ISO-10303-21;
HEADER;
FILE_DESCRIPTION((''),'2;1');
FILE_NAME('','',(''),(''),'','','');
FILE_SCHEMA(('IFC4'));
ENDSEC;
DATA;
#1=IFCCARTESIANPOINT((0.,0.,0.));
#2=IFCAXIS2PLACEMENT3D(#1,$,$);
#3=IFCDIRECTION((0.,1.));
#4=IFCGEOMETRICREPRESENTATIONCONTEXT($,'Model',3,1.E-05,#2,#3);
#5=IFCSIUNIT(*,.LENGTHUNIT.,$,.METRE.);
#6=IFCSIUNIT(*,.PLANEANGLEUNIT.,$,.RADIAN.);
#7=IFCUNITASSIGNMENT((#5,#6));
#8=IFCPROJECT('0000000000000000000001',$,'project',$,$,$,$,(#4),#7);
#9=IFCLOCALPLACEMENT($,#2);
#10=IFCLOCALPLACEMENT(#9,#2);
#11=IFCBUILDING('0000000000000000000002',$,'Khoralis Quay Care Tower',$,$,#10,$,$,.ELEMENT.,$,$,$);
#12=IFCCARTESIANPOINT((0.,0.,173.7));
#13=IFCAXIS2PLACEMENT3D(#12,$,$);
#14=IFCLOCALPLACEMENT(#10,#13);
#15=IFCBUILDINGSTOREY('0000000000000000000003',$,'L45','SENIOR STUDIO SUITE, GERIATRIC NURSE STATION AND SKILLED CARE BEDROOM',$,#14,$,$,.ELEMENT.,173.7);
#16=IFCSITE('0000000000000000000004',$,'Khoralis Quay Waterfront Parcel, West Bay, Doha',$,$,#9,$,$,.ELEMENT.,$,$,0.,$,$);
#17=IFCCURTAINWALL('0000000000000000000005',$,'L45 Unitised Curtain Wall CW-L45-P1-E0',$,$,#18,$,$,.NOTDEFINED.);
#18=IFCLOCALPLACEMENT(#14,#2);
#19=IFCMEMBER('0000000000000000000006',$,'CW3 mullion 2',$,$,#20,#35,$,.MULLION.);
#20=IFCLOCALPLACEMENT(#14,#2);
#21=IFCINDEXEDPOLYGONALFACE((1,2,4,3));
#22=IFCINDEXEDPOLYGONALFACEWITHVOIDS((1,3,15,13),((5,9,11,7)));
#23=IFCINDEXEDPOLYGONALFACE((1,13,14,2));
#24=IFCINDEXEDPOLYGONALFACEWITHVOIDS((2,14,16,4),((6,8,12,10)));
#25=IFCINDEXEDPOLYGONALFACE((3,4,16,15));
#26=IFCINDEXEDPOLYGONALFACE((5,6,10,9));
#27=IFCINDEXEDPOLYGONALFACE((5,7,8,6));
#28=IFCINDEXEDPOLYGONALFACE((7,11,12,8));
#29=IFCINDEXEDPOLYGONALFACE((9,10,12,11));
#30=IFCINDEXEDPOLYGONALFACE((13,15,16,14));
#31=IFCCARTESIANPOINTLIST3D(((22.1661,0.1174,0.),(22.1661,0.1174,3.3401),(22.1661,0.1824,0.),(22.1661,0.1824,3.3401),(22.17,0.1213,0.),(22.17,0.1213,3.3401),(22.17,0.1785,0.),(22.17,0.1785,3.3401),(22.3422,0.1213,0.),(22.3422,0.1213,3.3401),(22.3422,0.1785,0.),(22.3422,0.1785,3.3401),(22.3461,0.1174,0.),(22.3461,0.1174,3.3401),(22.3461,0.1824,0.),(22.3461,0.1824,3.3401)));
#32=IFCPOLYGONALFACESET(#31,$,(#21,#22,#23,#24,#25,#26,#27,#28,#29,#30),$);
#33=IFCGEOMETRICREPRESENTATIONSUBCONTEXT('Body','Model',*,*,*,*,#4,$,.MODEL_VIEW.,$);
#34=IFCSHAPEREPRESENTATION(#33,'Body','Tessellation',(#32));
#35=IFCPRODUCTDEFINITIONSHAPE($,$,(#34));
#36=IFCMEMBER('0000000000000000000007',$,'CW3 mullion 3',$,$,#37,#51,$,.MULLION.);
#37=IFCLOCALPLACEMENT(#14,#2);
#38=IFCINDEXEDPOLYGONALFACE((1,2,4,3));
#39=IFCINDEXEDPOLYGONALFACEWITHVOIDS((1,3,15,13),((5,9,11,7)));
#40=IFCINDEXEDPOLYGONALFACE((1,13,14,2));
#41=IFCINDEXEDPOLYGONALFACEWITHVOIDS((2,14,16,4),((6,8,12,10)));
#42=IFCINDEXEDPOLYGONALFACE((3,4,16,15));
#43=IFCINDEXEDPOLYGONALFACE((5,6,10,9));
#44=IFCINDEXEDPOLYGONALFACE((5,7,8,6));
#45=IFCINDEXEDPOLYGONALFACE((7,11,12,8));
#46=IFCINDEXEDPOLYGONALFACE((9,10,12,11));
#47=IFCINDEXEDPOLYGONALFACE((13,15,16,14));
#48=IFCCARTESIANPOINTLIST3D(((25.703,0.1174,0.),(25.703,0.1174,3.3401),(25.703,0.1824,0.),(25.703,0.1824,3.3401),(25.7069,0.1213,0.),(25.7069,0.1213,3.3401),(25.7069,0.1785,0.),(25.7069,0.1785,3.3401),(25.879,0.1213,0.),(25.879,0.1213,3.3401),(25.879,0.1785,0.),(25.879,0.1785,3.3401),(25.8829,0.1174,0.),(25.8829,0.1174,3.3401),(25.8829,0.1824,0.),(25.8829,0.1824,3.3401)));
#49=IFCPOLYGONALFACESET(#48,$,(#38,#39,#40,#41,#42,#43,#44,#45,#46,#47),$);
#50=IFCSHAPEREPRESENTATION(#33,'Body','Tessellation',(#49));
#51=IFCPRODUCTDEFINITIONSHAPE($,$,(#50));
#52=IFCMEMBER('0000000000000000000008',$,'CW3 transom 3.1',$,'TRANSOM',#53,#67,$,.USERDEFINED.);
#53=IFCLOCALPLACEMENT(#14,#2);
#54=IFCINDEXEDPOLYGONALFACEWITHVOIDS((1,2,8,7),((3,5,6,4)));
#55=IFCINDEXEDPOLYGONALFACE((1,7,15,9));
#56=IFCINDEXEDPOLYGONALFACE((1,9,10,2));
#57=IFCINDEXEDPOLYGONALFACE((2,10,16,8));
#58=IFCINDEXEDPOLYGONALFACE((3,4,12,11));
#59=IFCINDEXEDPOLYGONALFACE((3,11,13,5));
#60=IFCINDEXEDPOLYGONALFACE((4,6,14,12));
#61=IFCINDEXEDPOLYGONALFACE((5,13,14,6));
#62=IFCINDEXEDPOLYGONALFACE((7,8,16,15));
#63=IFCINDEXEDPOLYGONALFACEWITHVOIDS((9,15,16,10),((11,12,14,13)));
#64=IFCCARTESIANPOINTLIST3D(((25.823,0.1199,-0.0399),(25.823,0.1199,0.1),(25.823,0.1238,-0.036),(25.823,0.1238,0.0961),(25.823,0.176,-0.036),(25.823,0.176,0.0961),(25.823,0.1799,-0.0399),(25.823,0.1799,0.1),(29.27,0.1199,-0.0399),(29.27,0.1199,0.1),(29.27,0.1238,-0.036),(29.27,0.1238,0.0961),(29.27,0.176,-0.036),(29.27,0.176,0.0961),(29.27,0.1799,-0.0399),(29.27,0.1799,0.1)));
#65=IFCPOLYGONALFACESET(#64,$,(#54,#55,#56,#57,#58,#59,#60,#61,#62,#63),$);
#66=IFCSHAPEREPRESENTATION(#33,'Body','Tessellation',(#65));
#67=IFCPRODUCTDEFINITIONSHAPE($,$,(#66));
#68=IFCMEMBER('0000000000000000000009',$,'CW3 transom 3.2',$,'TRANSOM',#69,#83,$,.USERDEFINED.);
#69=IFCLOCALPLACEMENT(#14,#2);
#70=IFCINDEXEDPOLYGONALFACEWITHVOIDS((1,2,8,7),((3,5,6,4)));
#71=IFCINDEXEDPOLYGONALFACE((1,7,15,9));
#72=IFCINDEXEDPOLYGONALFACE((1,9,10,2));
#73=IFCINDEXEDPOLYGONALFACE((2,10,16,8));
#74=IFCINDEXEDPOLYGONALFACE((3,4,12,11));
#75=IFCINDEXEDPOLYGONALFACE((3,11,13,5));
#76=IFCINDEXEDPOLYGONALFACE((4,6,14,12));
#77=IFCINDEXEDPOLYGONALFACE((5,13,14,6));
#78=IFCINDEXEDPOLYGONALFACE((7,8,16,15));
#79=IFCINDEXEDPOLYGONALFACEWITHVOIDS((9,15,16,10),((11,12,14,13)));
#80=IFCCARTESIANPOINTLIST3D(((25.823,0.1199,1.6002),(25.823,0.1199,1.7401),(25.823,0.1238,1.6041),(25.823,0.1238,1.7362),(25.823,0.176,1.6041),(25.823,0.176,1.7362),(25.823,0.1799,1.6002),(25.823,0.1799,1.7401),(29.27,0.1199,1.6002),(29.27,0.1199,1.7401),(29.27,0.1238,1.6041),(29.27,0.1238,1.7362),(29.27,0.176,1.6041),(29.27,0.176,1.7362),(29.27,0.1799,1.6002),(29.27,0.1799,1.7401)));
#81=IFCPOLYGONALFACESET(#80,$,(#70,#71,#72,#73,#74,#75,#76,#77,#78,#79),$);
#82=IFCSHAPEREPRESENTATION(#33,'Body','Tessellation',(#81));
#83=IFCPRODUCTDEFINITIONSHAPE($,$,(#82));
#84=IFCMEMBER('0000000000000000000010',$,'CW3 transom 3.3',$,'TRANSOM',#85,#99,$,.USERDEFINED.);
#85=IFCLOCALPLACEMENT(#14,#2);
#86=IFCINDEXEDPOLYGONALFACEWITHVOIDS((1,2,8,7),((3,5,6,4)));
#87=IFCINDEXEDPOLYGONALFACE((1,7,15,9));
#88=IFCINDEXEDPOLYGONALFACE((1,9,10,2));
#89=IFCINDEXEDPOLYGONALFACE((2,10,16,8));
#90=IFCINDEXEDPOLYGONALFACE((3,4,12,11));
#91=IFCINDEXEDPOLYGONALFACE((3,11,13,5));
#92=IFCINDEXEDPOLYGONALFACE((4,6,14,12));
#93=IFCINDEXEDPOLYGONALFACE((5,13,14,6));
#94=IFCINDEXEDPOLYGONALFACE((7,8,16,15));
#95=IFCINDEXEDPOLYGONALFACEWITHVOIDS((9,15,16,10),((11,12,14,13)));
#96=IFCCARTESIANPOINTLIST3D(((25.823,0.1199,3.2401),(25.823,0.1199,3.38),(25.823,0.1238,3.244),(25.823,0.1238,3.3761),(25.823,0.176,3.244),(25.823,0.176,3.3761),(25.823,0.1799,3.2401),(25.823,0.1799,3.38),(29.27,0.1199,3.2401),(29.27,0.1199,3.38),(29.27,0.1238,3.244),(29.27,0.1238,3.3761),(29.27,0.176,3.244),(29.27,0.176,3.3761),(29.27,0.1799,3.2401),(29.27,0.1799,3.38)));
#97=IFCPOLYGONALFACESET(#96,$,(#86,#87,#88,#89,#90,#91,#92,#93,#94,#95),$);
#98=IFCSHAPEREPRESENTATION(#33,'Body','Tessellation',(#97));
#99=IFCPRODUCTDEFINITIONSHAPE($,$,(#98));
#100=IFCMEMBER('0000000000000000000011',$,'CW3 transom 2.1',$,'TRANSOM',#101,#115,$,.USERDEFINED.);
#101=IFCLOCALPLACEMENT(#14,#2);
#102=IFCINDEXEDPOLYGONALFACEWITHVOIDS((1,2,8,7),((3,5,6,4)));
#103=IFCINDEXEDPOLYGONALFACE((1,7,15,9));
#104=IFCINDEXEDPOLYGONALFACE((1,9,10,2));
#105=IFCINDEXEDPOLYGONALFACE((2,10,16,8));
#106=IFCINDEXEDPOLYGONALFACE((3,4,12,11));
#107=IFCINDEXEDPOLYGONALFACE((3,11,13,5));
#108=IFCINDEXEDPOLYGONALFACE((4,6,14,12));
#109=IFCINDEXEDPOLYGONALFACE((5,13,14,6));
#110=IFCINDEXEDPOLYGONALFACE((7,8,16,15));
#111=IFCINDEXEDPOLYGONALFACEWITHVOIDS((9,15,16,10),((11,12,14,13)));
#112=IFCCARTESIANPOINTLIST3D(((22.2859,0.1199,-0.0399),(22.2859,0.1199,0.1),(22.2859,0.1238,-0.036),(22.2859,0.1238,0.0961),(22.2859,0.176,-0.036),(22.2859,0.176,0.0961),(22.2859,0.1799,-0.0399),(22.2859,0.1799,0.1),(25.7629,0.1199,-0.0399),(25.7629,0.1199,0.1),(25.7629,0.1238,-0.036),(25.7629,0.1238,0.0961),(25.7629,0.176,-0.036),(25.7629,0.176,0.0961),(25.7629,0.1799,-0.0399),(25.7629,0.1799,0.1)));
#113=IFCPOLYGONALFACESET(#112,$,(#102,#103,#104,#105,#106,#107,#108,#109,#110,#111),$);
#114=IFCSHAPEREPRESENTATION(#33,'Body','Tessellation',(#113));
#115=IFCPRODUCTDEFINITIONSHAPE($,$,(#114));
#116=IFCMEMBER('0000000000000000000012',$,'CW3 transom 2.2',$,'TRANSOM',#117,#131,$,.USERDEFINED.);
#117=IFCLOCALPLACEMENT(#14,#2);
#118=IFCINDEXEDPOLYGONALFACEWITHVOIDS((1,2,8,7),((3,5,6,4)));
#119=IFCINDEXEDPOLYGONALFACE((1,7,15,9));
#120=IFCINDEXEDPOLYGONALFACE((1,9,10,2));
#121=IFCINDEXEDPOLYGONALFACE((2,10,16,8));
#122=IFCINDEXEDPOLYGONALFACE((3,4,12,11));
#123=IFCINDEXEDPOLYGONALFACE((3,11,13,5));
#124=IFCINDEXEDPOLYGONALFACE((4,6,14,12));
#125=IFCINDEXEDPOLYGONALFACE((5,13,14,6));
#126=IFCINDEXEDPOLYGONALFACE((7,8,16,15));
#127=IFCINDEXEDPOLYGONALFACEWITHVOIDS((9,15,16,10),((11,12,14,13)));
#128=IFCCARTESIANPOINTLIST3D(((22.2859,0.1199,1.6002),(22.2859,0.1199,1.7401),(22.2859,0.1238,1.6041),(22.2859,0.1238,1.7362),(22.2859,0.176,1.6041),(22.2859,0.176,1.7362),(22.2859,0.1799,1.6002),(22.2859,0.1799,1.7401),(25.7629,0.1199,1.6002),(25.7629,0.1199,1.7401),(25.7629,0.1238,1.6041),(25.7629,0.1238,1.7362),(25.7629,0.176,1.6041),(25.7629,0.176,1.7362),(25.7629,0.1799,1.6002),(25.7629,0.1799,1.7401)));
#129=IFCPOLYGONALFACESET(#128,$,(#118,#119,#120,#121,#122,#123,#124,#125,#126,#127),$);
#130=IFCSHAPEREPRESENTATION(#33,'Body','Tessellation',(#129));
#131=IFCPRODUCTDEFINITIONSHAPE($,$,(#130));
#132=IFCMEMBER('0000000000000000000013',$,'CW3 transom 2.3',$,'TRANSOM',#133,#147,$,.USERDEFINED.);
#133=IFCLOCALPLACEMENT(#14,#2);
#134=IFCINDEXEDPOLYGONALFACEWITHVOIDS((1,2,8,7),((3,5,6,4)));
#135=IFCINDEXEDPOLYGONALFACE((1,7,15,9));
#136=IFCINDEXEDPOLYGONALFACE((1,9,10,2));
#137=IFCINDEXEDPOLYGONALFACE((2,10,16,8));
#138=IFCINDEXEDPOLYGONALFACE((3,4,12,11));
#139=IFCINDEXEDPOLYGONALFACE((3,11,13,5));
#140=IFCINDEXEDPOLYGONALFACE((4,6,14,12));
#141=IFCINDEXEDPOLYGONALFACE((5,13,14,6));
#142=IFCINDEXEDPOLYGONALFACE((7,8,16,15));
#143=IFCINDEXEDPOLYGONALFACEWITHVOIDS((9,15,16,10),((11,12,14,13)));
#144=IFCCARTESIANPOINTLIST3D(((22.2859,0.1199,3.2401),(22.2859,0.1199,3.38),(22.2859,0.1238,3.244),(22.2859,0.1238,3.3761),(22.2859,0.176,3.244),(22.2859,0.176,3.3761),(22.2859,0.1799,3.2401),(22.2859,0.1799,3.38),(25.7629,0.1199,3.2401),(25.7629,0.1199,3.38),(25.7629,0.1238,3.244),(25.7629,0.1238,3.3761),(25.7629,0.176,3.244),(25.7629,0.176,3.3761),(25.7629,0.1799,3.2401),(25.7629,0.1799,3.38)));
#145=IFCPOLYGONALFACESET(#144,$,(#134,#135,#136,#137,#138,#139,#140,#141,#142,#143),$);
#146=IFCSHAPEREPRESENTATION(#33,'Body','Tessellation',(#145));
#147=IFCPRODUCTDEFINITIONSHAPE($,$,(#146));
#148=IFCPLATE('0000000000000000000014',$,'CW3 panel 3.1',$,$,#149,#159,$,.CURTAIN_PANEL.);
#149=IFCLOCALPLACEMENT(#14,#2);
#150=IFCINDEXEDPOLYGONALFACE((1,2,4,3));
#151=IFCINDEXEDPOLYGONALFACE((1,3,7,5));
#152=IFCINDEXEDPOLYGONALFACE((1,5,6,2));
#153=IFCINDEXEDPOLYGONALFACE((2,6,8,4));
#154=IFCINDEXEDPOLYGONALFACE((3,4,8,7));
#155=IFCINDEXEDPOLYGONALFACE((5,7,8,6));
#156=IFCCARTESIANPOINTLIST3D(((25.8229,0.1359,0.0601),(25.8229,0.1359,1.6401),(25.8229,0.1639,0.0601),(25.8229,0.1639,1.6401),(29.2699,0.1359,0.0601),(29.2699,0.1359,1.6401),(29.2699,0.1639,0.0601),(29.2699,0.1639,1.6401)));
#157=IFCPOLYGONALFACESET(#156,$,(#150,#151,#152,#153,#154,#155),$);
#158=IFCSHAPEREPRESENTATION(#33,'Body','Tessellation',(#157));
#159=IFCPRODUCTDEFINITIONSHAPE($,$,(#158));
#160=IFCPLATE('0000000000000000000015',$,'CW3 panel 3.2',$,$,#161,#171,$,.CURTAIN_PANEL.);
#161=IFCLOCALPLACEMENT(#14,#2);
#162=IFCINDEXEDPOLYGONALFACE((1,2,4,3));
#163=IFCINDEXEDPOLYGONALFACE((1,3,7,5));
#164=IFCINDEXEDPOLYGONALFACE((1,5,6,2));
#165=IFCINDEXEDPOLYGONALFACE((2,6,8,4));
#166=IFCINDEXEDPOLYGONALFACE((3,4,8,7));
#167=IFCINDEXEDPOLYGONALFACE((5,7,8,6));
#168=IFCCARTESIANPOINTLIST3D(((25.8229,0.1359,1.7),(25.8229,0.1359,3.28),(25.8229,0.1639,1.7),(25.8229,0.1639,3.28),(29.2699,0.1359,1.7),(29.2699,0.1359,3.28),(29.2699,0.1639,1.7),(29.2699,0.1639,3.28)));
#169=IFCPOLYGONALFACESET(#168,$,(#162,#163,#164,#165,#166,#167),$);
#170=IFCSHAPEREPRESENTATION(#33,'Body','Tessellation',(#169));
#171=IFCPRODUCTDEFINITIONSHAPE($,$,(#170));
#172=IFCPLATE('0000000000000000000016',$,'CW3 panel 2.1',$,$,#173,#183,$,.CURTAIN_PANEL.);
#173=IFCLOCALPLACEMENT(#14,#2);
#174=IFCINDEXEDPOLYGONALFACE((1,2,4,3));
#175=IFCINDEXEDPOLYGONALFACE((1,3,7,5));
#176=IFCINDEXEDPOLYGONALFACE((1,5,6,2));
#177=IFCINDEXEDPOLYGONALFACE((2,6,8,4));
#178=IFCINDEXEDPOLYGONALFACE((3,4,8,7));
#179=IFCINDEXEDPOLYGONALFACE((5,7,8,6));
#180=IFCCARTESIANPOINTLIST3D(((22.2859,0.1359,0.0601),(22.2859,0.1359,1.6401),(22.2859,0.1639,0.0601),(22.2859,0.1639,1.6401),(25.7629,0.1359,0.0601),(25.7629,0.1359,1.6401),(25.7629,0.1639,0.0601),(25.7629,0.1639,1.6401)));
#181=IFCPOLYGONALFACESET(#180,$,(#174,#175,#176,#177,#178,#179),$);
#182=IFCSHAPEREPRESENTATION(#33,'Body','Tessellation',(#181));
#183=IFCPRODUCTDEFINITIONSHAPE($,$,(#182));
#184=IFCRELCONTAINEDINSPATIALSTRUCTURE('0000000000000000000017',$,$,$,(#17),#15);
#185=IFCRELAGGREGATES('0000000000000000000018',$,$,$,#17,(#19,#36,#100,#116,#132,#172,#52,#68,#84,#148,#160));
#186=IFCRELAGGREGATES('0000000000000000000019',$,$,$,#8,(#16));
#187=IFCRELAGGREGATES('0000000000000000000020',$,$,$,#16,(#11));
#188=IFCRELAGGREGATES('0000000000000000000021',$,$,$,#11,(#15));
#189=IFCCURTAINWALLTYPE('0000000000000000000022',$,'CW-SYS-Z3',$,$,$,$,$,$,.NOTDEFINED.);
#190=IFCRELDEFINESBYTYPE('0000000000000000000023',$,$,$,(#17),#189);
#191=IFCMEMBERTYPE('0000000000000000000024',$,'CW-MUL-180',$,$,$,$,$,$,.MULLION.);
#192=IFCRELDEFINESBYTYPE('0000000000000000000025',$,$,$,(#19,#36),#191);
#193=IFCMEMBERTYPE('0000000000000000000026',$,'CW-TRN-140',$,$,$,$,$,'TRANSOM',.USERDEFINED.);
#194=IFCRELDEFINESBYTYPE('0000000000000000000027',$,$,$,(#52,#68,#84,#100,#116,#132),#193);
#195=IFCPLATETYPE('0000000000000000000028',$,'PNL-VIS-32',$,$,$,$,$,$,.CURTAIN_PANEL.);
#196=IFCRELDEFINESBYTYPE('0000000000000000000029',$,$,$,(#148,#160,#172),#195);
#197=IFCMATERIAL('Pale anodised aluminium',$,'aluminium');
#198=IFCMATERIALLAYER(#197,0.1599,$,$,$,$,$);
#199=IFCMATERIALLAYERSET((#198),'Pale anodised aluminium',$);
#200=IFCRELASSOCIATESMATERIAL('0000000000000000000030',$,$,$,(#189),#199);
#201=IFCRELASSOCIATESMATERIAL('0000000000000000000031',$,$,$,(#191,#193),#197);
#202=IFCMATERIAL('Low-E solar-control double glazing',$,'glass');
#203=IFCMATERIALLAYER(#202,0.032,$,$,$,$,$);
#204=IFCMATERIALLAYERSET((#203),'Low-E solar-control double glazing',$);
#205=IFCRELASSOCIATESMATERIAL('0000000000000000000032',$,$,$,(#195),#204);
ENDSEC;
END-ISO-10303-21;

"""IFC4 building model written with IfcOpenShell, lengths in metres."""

from ifc_helpers import new_model, si_unit, direction, frame, origin, origin_2d, place, context, subcontext, project, spatial, rectangle, hollow_rectangle, extrude, source, transform, mapped, material, layer, layer_set, material_profile, profile_set, type_object, element, aggregate, save


model = new_model("IFC4")

# Units and contexts
model_context = context("Model", 3, precision=1e-05, world=origin(), true_north=direction((0.0, 1.0)))
body_context = subcontext(model_context, "Body", "Model", "MODEL_VIEW")
ifc_project = project(units=[si_unit("LENGTHUNIT", "METRE"), si_unit("PLANEANGLEUNIT", "RADIAN")], contexts=[model_context])

# Site, building, storey
site_placement = place(None, origin())
site = spatial("IfcSite", under=ifc_project, at=site_placement, Name="Khoralis Quay Waterfront Parcel, West Bay, Doha", CompositionType="ELEMENT", RefElevation=0.0)
building_placement = place(site_placement, origin())
building = spatial("IfcBuilding", under=site, at=building_placement, Name="Khoralis Quay Care Tower", CompositionType="ELEMENT")
storey_placement = place(building_placement, frame((0.0, 0.0, 173.7)))
storey = spatial("IfcBuildingStorey", under=building, at=storey_placement, Name="L45", Description="SENIOR STUDIO SUITE, GERIATRIC NURSE STATION AND SKILLED CARE BEDROOM", CompositionType="ELEMENT", Elevation=173.7)

# Curtain wall, members, plates
ifc_material_1 = material(Name="Pale anodised aluminium", Category="aluminium")
ifc_layer_1 = layer(ifc_material_1, 0.1599)
ifc_layer_set_1 = layer_set([ifc_layer_1], Name="Pale anodised aluminium")
curtain_wall_type = type_object("IfcCurtainWallType", Name="CW-SYS-Z3", PredefinedType="NOTDEFINED", material=ifc_layer_set_1)
curtain_wall_placement = place(storey_placement, origin())
curtain_wall = element("IfcCurtainWall", 1, at=curtain_wall_placement, inside=storey, type_object=curtain_wall_type, Name="L45 Unitised Curtain Wall CW-L45-P1-E0", PredefinedType="NOTDEFINED")
ifc_material_profile_1 = material_profile(ifc_material_1, hollow_rectangle(XDim=0.0649, YDim=0.1799, WallThickness=0.0039, at=origin_2d()), Name="Pale anodised aluminium")
ifc_profile_set_1 = profile_set([ifc_material_profile_1], Name="Pale anodised aluminium")
member_type_1 = type_object("IfcMemberType", Name="CW-MUL-180", PredefinedType="MULLION", material=ifc_profile_set_1)
shared_shape_1 = source(origin(), body_context, "Body", "SweptSolid", [
    extrude(hollow_rectangle(XDim=0.0649, YDim=0.1799, WallThickness=0.0039, at=origin_2d()), origin(), (0.0, 0.0, 1.0), 3.3401),
])
member_1_placement = place(storey_placement, frame((22.2561, 0.1499, 0.0), z_axis=(0.0, 0.0, 1.0), x_axis=(0.0, 1.0, 0.0)))
member_1 = element("IfcMember", 2, at=member_1_placement, type_object=member_type_1, Name="CW3 mullion 2", PredefinedType="MULLION", context=body_context, shape_type="MappedRepresentation", body=[
    mapped(shared_shape_1, transform((0.0, 0.0, 0.0), scale=1.0)),
])
member_2_placement = place(storey_placement, frame((25.793, 0.1499, 0.0), z_axis=(0.0, 0.0, 1.0), x_axis=(0.0, 1.0, 0.0)))
member_2 = element("IfcMember", 3, at=member_2_placement, type_object=member_type_1, Name="CW3 mullion 3", PredefinedType="MULLION", context=body_context, shape_type="MappedRepresentation", body=[
    mapped(shared_shape_1, transform((0.0, 0.0, 0.0), scale=1.0)),
])
ifc_material_profile_2 = material_profile(ifc_material_1, hollow_rectangle(XDim=0.0601, YDim=0.1399, WallThickness=0.0039, at=origin_2d()), Name="Pale anodised aluminium")
ifc_profile_set_2 = profile_set([ifc_material_profile_2], Name="Pale anodised aluminium")
member_type_2 = type_object("IfcMemberType", Name="CW-TRN-140", ElementType="TRANSOM", PredefinedType="USERDEFINED", material=ifc_profile_set_2)
shared_shape_2 = source(origin(), body_context, "Body", "SweptSolid", [
    extrude(hollow_rectangle(XDim=0.0601, YDim=0.1399, WallThickness=0.0039, at=origin_2d()), origin(), (0.0, 0.0, 1.0), 3.447),
])
member_3_placement = place(storey_placement, frame((25.823, 0.1499, 0.03), z_axis=(1.0, 0.0, 0.0), x_axis=(0.0, 1.0, 0.0)))
member_3 = element("IfcMember", 4, at=member_3_placement, type_object=member_type_2, Name="CW3 transom 3.1", ObjectType="TRANSOM", PredefinedType="USERDEFINED", context=body_context, shape_type="MappedRepresentation", body=[
    mapped(shared_shape_2, transform((0.0, 0.0, 0.0), scale=1.0)),
])
member_4_placement = place(storey_placement, frame((25.823, 0.1499, 1.6702), z_axis=(1.0, 0.0, 0.0), x_axis=(0.0, 1.0, 0.0)))
member_4 = element("IfcMember", 5, at=member_4_placement, type_object=member_type_2, Name="CW3 transom 3.2", ObjectType="TRANSOM", PredefinedType="USERDEFINED", context=body_context, shape_type="MappedRepresentation", body=[
    mapped(shared_shape_2, transform((0.0, 0.0, 0.0), scale=1.0)),
])
member_5_placement = place(storey_placement, frame((25.823, 0.1499, 3.3101), z_axis=(1.0, 0.0, 0.0), x_axis=(0.0, 1.0, 0.0)))
member_5 = element("IfcMember", 6, at=member_5_placement, type_object=member_type_2, Name="CW3 transom 3.3", ObjectType="TRANSOM", PredefinedType="USERDEFINED", context=body_context, shape_type="MappedRepresentation", body=[
    mapped(shared_shape_2, transform((0.0, 0.0, 0.0), scale=1.0)),
])
shared_shape_3 = source(origin(), body_context, "Body", "SweptSolid", [
    extrude(hollow_rectangle(XDim=0.0601, YDim=0.1399, WallThickness=0.0039, at=origin_2d()), origin(), (0.0, 0.0, 1.0), 3.4771),
])
member_6_placement = place(storey_placement, frame((22.2859, 0.1499, 0.03), z_axis=(1.0, 0.0, 0.0), x_axis=(0.0, 1.0, 0.0)))
member_6 = element("IfcMember", 7, at=member_6_placement, type_object=member_type_2, Name="CW3 transom 2.1", ObjectType="TRANSOM", PredefinedType="USERDEFINED", context=body_context, shape_type="MappedRepresentation", body=[
    mapped(shared_shape_3, transform((0.0, 0.0, 0.0), scale=1.0)),
])
member_7_placement = place(storey_placement, frame((22.2859, 0.1499, 1.6702), z_axis=(1.0, 0.0, 0.0), x_axis=(0.0, 1.0, 0.0)))
member_7 = element("IfcMember", 8, at=member_7_placement, type_object=member_type_2, Name="CW3 transom 2.2", ObjectType="TRANSOM", PredefinedType="USERDEFINED", context=body_context, shape_type="MappedRepresentation", body=[
    mapped(shared_shape_3, transform((0.0, 0.0, 0.0), scale=1.0)),
])
member_8_placement = place(storey_placement, frame((22.2859, 0.1499, 3.3101), z_axis=(1.0, 0.0, 0.0), x_axis=(0.0, 1.0, 0.0)))
member_8 = element("IfcMember", 9, at=member_8_placement, type_object=member_type_2, Name="CW3 transom 2.3", ObjectType="TRANSOM", PredefinedType="USERDEFINED", context=body_context, shape_type="MappedRepresentation", body=[
    mapped(shared_shape_3, transform((0.0, 0.0, 0.0), scale=1.0)),
])
ifc_material_2 = material(Name="Low-E solar-control double glazing", Category="glass")
ifc_layer_2 = layer(ifc_material_2, 0.032)
ifc_layer_set_2 = layer_set([ifc_layer_2], Name="Low-E solar-control double glazing")
plate_type = type_object("IfcPlateType", Name="PNL-VIS-32", PredefinedType="CURTAIN_PANEL", material=ifc_layer_set_2)
shared_shape_4 = source(origin(), body_context, "Body", "SweptSolid", [
    extrude(rectangle(XDim=3.447, YDim=0.0281, at=origin_2d()), origin(), (0.0, 0.0, 1.0), 1.5801),
])
plate_1_placement = place(storey_placement, frame((27.5464, 0.1499, 0.0601), z_axis=(0.0, 0.0, 1.0), x_axis=(1.0, 0.0, 0.0)))
plate_1 = element("IfcPlate", 10, at=plate_1_placement, type_object=plate_type, Name="CW3 panel 3.1", PredefinedType="CURTAIN_PANEL", context=body_context, shape_type="MappedRepresentation", body=[
    mapped(shared_shape_4, transform((0.0, 0.0, 0.0), scale=1.0)),
])
plate_2_placement = place(storey_placement, frame((27.5464, 0.1499, 1.7), z_axis=(0.0, 0.0, 1.0), x_axis=(1.0, 0.0, 0.0)))
plate_2 = element("IfcPlate", 11, at=plate_2_placement, type_object=plate_type, Name="CW3 panel 3.2", PredefinedType="CURTAIN_PANEL", context=body_context, shape_type="MappedRepresentation", body=[
    mapped(shared_shape_4, transform((0.0, 0.0, 0.0), scale=1.0)),
])
shared_shape_5 = source(origin(), body_context, "Body", "SweptSolid", [
    extrude(rectangle(XDim=3.4771, YDim=0.0281, at=origin_2d()), origin(), (0.0, 0.0, 1.0), 1.5801),
])
plate_3_placement = place(storey_placement, frame((24.0244, 0.1499, 0.0601), z_axis=(0.0, 0.0, 1.0), x_axis=(1.0, 0.0, 0.0)))
plate_3 = element("IfcPlate", 12, at=plate_3_placement, type_object=plate_type, Name="CW3 panel 2.1", PredefinedType="CURTAIN_PANEL", context=body_context, shape_type="MappedRepresentation", body=[
    mapped(shared_shape_5, transform((0.0, 0.0, 0.0), scale=1.0)),
])
aggregate(curtain_wall, [member_1, member_2, member_6, member_7, member_8, plate_3, member_3, member_4, member_5, plate_1, plate_2])

save(model, "model.ifc")
